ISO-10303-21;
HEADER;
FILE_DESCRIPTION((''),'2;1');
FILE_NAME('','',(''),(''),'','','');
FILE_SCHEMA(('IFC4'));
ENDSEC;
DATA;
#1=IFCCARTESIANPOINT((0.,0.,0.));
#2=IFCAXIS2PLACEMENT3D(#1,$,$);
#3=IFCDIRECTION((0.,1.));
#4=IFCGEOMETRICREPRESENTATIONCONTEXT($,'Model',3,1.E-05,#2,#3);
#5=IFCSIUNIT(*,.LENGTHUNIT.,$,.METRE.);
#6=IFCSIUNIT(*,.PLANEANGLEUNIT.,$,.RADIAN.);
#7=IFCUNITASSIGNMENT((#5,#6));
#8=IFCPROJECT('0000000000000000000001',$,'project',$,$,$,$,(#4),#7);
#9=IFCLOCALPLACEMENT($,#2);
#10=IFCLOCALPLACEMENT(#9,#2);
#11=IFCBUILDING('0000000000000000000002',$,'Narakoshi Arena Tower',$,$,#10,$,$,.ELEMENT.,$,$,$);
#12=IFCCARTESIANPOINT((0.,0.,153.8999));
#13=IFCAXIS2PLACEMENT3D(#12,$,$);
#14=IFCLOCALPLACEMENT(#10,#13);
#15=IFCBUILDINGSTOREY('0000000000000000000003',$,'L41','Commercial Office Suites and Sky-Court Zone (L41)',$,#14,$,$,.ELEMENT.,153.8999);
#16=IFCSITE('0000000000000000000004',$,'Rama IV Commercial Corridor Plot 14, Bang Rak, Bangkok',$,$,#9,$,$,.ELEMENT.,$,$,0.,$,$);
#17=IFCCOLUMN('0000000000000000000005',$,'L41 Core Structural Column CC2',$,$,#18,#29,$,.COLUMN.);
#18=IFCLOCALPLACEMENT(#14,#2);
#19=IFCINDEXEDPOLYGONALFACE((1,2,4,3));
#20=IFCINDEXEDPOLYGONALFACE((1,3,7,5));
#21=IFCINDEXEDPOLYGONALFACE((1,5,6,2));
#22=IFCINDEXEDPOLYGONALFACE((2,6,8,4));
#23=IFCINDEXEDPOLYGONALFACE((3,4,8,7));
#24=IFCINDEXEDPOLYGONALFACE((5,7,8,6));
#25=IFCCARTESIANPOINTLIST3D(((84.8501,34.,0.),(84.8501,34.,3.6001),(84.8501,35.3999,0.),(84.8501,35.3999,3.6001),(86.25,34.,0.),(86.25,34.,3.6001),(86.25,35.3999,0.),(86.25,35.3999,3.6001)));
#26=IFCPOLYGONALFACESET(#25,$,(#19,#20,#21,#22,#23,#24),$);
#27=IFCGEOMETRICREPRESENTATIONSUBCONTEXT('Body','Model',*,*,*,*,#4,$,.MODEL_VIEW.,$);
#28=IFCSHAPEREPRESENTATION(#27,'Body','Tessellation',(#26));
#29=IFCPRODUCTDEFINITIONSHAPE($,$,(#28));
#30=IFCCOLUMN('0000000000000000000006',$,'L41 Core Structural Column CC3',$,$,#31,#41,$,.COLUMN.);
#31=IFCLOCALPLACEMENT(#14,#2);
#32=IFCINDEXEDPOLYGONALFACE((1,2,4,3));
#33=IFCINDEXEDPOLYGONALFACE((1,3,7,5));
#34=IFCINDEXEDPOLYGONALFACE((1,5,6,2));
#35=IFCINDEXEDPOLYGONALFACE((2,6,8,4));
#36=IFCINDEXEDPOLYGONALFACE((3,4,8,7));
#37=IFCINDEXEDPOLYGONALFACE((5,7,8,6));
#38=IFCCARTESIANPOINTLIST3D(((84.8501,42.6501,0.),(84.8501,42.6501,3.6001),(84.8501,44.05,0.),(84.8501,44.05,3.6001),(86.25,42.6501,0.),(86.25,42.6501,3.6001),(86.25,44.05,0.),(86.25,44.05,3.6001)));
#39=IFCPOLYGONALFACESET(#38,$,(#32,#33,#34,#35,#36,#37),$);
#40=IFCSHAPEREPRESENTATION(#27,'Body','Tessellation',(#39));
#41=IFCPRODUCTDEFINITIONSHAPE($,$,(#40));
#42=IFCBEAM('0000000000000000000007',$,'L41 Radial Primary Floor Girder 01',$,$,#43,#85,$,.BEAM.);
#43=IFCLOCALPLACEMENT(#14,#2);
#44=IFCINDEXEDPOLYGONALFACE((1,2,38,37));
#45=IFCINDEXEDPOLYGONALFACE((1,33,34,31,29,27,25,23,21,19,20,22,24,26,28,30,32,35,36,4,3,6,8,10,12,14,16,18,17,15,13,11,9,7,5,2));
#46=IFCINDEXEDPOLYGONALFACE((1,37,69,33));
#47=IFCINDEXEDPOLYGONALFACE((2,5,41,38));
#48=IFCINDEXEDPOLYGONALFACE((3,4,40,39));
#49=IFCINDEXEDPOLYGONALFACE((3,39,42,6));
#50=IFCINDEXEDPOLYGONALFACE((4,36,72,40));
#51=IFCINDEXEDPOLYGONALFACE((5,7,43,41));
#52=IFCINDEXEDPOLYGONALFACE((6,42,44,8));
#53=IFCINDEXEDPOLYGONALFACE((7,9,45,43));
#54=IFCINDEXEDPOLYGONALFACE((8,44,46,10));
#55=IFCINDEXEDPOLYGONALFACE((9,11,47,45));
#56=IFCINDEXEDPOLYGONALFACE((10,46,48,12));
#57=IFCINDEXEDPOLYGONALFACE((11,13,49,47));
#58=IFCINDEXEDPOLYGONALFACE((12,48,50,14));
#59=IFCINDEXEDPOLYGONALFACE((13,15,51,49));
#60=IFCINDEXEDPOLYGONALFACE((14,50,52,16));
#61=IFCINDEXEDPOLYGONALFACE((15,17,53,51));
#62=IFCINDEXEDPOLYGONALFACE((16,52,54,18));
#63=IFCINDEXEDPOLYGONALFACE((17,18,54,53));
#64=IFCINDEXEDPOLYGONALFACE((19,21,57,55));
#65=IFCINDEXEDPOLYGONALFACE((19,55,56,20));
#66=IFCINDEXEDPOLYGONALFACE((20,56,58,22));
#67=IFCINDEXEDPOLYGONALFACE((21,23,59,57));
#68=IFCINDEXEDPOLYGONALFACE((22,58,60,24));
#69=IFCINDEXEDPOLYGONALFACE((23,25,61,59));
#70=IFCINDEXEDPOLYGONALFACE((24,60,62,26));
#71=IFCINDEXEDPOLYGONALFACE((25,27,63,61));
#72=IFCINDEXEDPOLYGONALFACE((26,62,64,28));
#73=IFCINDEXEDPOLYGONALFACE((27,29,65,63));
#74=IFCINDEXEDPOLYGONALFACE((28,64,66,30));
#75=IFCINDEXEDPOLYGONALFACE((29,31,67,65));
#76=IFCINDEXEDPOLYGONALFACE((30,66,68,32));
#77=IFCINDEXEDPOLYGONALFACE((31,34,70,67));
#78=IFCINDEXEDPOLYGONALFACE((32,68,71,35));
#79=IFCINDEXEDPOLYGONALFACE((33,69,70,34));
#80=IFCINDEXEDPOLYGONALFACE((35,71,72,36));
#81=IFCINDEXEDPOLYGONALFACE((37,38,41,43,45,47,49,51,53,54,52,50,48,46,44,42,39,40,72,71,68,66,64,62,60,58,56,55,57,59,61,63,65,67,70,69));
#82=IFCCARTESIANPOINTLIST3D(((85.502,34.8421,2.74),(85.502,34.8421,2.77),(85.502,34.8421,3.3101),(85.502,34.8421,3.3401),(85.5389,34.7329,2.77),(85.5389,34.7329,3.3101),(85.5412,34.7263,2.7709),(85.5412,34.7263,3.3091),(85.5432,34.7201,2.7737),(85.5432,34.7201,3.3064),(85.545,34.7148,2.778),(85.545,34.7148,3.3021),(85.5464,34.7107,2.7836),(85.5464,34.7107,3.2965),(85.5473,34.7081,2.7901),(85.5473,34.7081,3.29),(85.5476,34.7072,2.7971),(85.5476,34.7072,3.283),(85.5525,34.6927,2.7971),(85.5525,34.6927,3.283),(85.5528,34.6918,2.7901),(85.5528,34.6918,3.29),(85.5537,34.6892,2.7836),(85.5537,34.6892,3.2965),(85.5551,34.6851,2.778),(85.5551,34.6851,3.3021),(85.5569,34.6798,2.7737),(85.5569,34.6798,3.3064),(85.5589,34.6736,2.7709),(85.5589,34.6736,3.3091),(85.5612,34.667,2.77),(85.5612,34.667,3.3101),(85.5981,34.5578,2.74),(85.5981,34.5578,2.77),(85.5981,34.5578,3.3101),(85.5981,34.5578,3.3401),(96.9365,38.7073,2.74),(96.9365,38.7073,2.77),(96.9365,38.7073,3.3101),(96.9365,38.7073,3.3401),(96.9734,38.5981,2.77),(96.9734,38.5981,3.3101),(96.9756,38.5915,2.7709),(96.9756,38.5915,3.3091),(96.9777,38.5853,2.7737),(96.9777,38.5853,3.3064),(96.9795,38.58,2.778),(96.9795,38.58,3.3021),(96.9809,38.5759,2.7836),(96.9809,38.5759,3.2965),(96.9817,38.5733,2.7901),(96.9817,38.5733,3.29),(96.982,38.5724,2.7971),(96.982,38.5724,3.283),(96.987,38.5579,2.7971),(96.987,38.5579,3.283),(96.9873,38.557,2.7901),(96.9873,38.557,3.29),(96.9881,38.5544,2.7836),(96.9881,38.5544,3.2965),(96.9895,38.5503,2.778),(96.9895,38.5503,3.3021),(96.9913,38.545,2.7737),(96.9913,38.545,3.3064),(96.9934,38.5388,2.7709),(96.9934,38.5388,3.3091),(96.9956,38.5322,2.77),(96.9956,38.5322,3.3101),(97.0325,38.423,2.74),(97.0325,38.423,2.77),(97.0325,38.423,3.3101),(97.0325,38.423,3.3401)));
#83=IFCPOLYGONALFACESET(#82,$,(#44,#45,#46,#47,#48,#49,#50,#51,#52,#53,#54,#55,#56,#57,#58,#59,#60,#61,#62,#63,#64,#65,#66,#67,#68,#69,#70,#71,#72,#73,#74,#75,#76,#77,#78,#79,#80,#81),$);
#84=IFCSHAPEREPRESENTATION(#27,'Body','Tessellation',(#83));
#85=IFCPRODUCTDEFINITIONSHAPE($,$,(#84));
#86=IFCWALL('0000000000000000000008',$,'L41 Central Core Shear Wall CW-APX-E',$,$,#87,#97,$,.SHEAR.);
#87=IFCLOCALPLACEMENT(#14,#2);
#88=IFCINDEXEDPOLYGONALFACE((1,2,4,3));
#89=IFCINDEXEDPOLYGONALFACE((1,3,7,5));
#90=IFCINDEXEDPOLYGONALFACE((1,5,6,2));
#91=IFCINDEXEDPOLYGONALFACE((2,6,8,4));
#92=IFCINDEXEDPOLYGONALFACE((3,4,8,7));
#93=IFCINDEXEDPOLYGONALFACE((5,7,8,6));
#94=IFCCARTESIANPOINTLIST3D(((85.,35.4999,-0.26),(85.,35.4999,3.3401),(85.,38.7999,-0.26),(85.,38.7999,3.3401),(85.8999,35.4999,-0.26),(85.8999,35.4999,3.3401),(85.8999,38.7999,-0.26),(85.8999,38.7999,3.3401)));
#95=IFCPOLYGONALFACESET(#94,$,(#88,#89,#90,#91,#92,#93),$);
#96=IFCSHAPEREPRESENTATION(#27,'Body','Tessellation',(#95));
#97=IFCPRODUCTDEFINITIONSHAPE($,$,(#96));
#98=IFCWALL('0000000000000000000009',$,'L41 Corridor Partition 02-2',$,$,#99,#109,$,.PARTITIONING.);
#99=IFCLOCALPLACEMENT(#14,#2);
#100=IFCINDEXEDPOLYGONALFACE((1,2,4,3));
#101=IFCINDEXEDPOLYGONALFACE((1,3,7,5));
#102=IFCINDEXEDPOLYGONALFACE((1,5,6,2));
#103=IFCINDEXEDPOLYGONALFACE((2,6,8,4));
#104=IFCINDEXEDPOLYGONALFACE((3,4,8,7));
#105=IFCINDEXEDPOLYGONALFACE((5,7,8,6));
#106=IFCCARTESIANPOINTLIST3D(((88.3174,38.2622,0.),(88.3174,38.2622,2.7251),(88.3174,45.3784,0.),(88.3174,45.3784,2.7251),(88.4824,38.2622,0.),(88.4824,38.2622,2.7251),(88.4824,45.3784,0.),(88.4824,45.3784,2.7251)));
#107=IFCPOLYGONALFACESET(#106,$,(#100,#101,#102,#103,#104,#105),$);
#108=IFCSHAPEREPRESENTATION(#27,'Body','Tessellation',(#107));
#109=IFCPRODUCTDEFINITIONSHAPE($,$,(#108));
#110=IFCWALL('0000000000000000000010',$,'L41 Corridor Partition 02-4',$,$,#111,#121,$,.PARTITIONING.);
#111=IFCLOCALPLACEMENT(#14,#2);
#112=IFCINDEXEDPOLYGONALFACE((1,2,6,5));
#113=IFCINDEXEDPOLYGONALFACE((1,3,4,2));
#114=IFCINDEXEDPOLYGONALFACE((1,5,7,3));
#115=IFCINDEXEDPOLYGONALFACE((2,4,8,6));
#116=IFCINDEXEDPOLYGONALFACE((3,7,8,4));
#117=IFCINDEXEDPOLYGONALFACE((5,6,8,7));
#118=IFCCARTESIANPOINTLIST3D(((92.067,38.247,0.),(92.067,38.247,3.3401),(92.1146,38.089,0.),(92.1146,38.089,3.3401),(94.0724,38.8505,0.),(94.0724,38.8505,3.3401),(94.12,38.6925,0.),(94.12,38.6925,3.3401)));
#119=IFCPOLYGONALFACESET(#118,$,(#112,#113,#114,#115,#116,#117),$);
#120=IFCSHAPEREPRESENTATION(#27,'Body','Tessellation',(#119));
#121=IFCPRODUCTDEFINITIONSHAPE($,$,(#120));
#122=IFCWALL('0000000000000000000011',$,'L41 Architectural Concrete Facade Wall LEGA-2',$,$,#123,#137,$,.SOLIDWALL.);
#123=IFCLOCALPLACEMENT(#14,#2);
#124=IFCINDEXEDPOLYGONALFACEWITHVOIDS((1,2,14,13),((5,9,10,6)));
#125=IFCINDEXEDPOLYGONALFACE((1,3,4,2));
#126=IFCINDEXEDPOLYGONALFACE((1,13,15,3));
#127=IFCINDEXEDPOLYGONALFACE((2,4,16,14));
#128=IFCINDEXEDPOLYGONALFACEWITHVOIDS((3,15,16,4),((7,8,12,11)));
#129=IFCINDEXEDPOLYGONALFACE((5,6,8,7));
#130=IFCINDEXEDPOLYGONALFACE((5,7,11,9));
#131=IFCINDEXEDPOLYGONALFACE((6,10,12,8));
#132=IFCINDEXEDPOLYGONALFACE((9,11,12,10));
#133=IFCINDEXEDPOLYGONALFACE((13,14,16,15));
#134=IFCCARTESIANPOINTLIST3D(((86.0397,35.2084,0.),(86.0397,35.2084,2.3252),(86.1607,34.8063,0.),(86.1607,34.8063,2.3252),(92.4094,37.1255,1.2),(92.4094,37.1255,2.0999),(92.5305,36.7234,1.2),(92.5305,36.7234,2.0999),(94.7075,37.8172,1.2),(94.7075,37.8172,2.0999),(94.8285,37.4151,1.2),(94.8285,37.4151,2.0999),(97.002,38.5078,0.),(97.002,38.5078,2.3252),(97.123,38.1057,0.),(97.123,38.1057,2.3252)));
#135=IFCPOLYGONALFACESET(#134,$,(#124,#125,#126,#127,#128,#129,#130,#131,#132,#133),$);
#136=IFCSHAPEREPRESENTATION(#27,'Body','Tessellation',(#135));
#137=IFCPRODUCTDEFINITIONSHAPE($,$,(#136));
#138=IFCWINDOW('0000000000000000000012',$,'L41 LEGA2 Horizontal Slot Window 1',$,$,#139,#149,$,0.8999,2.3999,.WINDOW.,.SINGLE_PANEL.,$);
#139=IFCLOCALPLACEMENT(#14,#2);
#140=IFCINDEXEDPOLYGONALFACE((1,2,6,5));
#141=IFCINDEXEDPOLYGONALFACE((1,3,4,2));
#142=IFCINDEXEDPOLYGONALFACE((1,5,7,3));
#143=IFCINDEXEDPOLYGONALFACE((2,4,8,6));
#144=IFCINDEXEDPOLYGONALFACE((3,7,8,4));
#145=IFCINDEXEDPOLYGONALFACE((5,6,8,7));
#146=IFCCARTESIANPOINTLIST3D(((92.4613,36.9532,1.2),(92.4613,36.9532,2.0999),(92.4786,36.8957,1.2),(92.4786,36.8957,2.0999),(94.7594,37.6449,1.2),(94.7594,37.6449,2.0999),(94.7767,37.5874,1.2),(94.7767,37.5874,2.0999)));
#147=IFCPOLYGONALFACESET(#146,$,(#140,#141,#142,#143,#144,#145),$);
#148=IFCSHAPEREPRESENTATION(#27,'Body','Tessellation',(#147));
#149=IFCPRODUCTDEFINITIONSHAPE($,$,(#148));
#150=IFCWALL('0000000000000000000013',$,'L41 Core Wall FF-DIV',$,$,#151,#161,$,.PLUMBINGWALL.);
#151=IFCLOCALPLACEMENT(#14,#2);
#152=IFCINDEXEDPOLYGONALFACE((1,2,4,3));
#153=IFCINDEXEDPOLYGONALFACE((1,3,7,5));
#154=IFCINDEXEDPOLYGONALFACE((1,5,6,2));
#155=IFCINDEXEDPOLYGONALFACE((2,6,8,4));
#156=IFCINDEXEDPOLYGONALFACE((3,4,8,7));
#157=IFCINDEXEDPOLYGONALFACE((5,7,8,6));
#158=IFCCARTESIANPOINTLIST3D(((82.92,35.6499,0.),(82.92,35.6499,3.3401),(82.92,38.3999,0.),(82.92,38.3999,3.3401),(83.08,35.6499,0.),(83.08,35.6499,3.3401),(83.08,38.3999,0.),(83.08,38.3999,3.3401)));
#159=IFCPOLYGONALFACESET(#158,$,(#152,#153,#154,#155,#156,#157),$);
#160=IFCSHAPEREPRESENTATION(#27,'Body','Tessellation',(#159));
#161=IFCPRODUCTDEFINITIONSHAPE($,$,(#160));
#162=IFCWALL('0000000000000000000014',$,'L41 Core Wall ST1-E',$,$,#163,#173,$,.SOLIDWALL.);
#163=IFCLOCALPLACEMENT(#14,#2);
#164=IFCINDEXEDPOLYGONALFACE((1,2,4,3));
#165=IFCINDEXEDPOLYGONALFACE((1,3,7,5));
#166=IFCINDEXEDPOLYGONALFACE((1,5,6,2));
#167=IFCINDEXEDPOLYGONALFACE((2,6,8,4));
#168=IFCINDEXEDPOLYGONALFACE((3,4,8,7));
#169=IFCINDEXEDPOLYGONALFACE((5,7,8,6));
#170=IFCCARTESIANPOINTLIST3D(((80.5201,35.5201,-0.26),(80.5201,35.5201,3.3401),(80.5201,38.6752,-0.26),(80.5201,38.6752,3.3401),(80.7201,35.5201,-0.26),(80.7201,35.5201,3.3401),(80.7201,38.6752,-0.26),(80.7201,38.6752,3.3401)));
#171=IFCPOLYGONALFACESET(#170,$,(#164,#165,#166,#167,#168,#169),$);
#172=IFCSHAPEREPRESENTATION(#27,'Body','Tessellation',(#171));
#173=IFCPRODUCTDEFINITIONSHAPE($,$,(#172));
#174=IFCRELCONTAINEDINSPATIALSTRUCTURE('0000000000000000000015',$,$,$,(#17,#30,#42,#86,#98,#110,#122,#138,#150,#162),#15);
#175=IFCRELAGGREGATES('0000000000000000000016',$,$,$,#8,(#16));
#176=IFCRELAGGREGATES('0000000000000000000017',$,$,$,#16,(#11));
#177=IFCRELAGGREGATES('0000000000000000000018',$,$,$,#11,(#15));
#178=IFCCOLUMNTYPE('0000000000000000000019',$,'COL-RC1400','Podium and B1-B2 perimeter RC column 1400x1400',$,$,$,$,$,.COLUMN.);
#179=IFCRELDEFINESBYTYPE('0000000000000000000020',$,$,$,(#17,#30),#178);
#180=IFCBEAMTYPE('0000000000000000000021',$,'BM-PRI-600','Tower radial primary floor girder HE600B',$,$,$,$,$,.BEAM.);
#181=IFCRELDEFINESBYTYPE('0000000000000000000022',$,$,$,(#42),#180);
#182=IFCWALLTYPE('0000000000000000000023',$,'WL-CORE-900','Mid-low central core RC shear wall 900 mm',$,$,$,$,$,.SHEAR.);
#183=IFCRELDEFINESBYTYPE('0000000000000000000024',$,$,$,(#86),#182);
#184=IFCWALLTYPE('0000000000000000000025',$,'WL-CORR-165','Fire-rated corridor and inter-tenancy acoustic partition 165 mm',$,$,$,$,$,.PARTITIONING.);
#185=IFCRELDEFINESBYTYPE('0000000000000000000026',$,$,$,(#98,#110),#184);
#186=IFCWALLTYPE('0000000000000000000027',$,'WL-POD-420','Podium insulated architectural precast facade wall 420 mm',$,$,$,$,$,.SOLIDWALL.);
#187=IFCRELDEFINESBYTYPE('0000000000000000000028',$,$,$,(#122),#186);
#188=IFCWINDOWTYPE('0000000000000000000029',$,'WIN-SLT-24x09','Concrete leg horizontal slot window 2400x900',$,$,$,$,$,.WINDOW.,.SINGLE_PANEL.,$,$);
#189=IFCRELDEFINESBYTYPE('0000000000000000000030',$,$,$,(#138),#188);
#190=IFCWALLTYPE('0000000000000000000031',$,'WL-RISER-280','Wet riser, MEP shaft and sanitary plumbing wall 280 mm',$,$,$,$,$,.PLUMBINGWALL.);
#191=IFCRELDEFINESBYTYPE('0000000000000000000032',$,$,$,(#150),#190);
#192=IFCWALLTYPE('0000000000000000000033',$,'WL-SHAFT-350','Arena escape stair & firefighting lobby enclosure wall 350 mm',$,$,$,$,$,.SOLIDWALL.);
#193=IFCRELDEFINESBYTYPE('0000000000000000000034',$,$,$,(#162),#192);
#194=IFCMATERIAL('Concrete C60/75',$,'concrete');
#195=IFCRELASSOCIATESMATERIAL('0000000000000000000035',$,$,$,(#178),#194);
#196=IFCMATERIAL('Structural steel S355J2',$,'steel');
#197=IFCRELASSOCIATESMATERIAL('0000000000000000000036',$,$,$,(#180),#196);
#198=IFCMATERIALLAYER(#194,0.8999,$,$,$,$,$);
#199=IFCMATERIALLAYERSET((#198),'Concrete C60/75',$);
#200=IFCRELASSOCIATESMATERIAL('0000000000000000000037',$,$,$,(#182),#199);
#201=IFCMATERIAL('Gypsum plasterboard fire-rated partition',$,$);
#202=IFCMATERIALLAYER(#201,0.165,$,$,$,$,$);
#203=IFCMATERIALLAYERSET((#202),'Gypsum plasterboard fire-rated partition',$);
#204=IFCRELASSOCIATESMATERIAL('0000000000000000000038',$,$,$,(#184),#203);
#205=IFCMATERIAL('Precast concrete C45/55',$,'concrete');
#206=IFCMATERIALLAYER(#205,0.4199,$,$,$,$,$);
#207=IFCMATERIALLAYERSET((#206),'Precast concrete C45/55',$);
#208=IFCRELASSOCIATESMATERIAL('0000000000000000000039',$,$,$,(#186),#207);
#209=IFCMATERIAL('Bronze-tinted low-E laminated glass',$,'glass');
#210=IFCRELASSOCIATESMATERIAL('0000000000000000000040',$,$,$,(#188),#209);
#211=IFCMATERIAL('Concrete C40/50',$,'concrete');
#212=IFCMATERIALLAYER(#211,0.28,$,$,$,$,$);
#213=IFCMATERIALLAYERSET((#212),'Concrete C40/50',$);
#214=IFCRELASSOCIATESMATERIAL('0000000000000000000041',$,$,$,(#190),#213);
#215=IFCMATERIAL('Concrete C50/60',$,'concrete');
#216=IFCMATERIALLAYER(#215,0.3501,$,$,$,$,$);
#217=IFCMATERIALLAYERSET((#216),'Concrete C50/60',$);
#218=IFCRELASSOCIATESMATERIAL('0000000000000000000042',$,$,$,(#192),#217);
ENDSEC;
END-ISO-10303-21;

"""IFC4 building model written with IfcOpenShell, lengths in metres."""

from ifc_helpers import new_model, si_unit, direction, frame, frame_2d, origin, origin_2d, place, context, subcontext, project, spatial, rectangle, i_section, extrude, material, layer, layer_set, material_profile, profile_set, type_object, element, fill, save


model = new_model("IFC4")

# Units and contexts
model_context = context("Model", 3, precision=1e-05, world=origin(), true_north=direction((0.0, 1.0)))
body_context = subcontext(model_context, "Body", "Model", "MODEL_VIEW")
ifc_project = project(units=[si_unit("LENGTHUNIT", "METRE"), si_unit("PLANEANGLEUNIT", "RADIAN")], contexts=[model_context])

# Site, building, storey
site_placement = place(None, origin())
site = spatial("IfcSite", under=ifc_project, at=site_placement, Name="Rama IV Commercial Corridor Plot 14, Bang Rak, Bangkok", CompositionType="ELEMENT", RefElevation=0.0)
building_placement = place(site_placement, origin())
building = spatial("IfcBuilding", under=site, at=building_placement, Name="Narakoshi Arena Tower", CompositionType="ELEMENT")
storey_placement = place(building_placement, frame((0.0, 0.0, 153.8999)))
storey = spatial("IfcBuildingStorey", under=building, at=storey_placement, Name="L41", Description="Commercial Office Suites and Sky-Court Zone (L41)", CompositionType="ELEMENT", Elevation=153.8999)

# Columns
ifc_material_1 = material(Name="Concrete C60/75", Category="concrete")
ifc_material_profile_1 = material_profile(ifc_material_1, rectangle(XDim=1.3999, YDim=1.3999, at=origin_2d()), Name="RC1400x1400")
ifc_profile_set_1 = profile_set([ifc_material_profile_1], Name="Concrete C60/75")
column_type = type_object("IfcColumnType", Name="COL-RC1400", Description="Podium and B1-B2 perimeter RC column 1400x1400", PredefinedType="COLUMN", material=ifc_profile_set_1)
for number, where, z_axis, x_axis, name in (
    (1, (85.55, 34.7, 0.0), (0.0, 0.0, 1.0), (1.0, 0.0, 0.0), "L41 Core Structural Column CC2"),
    (2, (85.55, 43.3501, 0.0), (0.0, 0.0, 1.0), (1.0, 0.0, 0.0), "L41 Core Structural Column CC3"),
):
    element("IfcColumn", number, at=place(storey_placement, frame(where, z_axis=z_axis, x_axis=x_axis)), inside=storey, type_object=column_type, Name=name, PredefinedType="COLUMN", context=body_context, shape_type="SweptSolid", body=[
        extrude(rectangle(XDim=1.3999, YDim=1.3999, at=origin_2d()), origin(), (0.0, 0.0, 1.0), 3.6001),
    ])

# Beam
ifc_material_2 = material(Name="Structural steel S355J2", Category="steel")
ifc_material_profile_2 = material_profile(ifc_material_2, i_section(OverallWidth=0.3, OverallDepth=0.6001, WebThickness=0.0154, FlangeThickness=0.03, FilletRadius=0.0271, at=origin_2d()), Name="HE600B")
ifc_profile_set_2 = profile_set([ifc_material_profile_2], Name="Structural steel S355J2")
beam_type = type_object("IfcBeamType", Name="BM-PRI-600", Description="Tower radial primary floor girder HE600B", PredefinedType="BEAM", material=ifc_profile_set_2)
beam_placement = place(storey_placement, frame((85.55, 34.7, 3.04), z_axis=(0.94734, 0.32023, 0.0), x_axis=(-0.32023, 0.94734, 0.0)))
element("IfcBeam", 3, at=beam_placement, inside=storey, type_object=beam_type, Name="L41 Radial Primary Floor Girder 01", PredefinedType="BEAM", context=body_context, shape_type="SweptSolid", body=[
    extrude(i_section(OverallWidth=0.3, OverallDepth=0.6001, WebThickness=0.0154, FlangeThickness=0.03, FilletRadius=0.0271, at=origin_2d()), origin(), (0.0, 0.0, 1.0), 12.0701),
])

# Walls
ifc_layer_1 = layer(ifc_material_1, 0.8999)
ifc_layer_set_1 = layer_set([ifc_layer_1], Name="Concrete C60/75")
wall_type_1 = type_object("IfcWallType", Name="WL-CORE-900", Description="Mid-low central core RC shear wall 900 mm", PredefinedType="SHEAR", material=ifc_layer_set_1)
wall_1_placement = place(storey_placement, frame((85.45, 35.5, -0.26), z_axis=(0.0, 0.0, 1.0), x_axis=(0.0, 1.0, 0.0)))
element("IfcWall", 4, at=wall_1_placement, inside=storey, type_object=wall_type_1, Name="L41 Central Core Shear Wall CW-APX-E", PredefinedType="SHEAR", context=body_context, shape_type="SweptSolid", body=[
    extrude(rectangle(XDim=3.3, YDim=0.8999, at=frame_2d((1.6499, 0.0))), origin(), (0.0, 0.0, 1.0), 3.6001),
])
ifc_material_3 = material(Name="Gypsum plasterboard fire-rated partition")
ifc_layer_2 = layer(ifc_material_3, 0.165)
ifc_layer_set_2 = layer_set([ifc_layer_2], Name="Gypsum plasterboard fire-rated partition")
wall_type_2 = type_object("IfcWallType", Name="WL-CORR-165", Description="Fire-rated corridor and inter-tenancy acoustic partition 165 mm", PredefinedType="PARTITIONING", material=ifc_layer_set_2)
wall_2_placement = place(storey_placement, frame((88.3999, 38.2622, 0.0), z_axis=(0.0, 0.0, 1.0), x_axis=(0.0, 1.0, 0.0)))
element("IfcWall", 5, at=wall_2_placement, inside=storey, type_object=wall_type_2, Name="L41 Corridor Partition 02-2", PredefinedType="PARTITIONING", context=body_context, shape_type="SweptSolid", body=[
    extrude(rectangle(XDim=7.1162, YDim=0.165, at=frame_2d((3.5581, 0.0))), origin(), (0.0, 0.0, 1.0), 2.7251),
])
wall_3_placement = place(storey_placement, frame((92.0908, 38.168, 0.0), z_axis=(0.0, 0.0, 1.0), x_axis=(0.957576, 0.288182, 0.0)))
element("IfcWall", 6, at=wall_3_placement, inside=storey, type_object=wall_type_2, Name="L41 Corridor Partition 02-4", PredefinedType="PARTITIONING", context=body_context, shape_type="SweptSolid", body=[
    extrude(rectangle(XDim=2.0942, YDim=0.165, at=frame_2d((1.0471, 0.0))), origin(), (0.0, 0.0, 1.0), 3.3401),
])

# Wall, opening, window
ifc_material_4 = material(Name="Precast concrete C45/55", Category="concrete")
ifc_layer_3 = layer(ifc_material_4, 0.4199)
ifc_layer_set_3 = layer_set([ifc_layer_3], Name="Precast concrete C45/55")
wall_type_3 = type_object("IfcWallType", Name="WL-POD-420", Description="Podium insulated architectural precast facade wall 420 mm", PredefinedType="SOLIDWALL", material=ifc_layer_set_3)
wall_4_placement = place(storey_placement, frame((86.1001, 35.0073, 0.0), z_axis=(0.0, 0.0, 1.0), x_axis=(0.957569, 0.288203, 0.0)))
wall_4 = element("IfcWall", 7, at=wall_4_placement, inside=storey, type_object=wall_type_3, Name="L41 Architectural Concrete Facade Wall LEGA-2", PredefinedType="SOLIDWALL", context=body_context, shape_type="SweptSolid", body=[
    extrude(rectangle(XDim=11.448, YDim=0.4199, at=frame_2d((5.7241, 0.0))), origin(), (0.0, 0.0, 1.0), 2.3252),
])
opening_1_placement = place(wall_4_placement, frame((6.6521, 0.0, 1.2)))
opening_1 = element("IfcOpeningElement", 8, at=opening_1_placement, cuts=wall_4, PredefinedType="OPENING", context=body_context, shape_type="SweptSolid", body=[
    extrude(rectangle(XDim=2.3999, YDim=0.8999, at=frame_2d((1.2, 0.45))), frame((0.0, 0.22, 0.0), z_axis=(0.0, -1.0, 0.0), x_axis=(1.0, 0.0, 0.0)), (0.0, 0.0, 1.0), 0.4399),
])
ifc_material_5 = material(Name="Bronze-tinted low-E laminated glass", Category="glass")
window_type = type_object("IfcWindowType", Name="WIN-SLT-24x09", Description="Concrete leg horizontal slot window 2400x900", PartitioningType="SINGLE_PANEL", PredefinedType="WINDOW", material=ifc_material_5)
window_placement = place(opening_1_placement, origin())
window = element("IfcWindow", 9, at=window_placement, inside=storey, type_object=window_type, Name="L41 LEGA2 Horizontal Slot Window 1", OverallHeight=0.8999, OverallWidth=2.3999, PartitioningType="SINGLE_PANEL", PredefinedType="WINDOW", context=body_context, shape_type="SweptSolid", body=[
    extrude(rectangle(XDim=2.3999, YDim=0.8999, at=frame_2d((1.2, 0.45))), frame((0.0, 0.03, 0.0), z_axis=(0.0, -1.0, 0.0), x_axis=(1.0, 0.0, 0.0)), (0.0, 0.0, 1.0), 0.0601),
])
fill(opening_1, window)

# Walls
ifc_material_6 = material(Name="Concrete C40/50", Category="concrete")
ifc_layer_4 = layer(ifc_material_6, 0.28)
ifc_layer_set_4 = layer_set([ifc_layer_4], Name="Concrete C40/50")
wall_type_4 = type_object("IfcWallType", Name="WL-RISER-280", Description="Wet riser, MEP shaft and sanitary plumbing wall 280 mm", PredefinedType="PLUMBINGWALL", material=ifc_layer_set_4)
wall_5_placement = place(storey_placement, frame((83.0, 35.6499, 0.0), z_axis=(0.0, 0.0, 1.0), x_axis=(0.0, 1.0, 0.0)))
element("IfcWall", 10, at=wall_5_placement, inside=storey, type_object=wall_type_4, Name="L41 Core Wall FF-DIV", PredefinedType="PLUMBINGWALL", context=body_context, shape_type="SweptSolid", body=[
    extrude(rectangle(XDim=2.75, YDim=0.1599, at=frame_2d((1.375, 0.0))), origin(), (0.0, 0.0, 1.0), 3.3401),
])
ifc_material_7 = material(Name="Concrete C50/60", Category="concrete")
ifc_layer_5 = layer(ifc_material_7, 0.3501)
ifc_layer_set_5 = layer_set([ifc_layer_5], Name="Concrete C50/60")
wall_type_5 = type_object("IfcWallType", Name="WL-SHAFT-350", Description="Arena escape stair & firefighting lobby enclosure wall 350 mm", PredefinedType="SOLIDWALL", material=ifc_layer_set_5)
wall_6_placement = place(storey_placement, frame((80.6201, 35.52, -0.26), z_axis=(0.0, 0.0, 1.0), x_axis=(0.0, 1.0, 0.0)))
element("IfcWall", 11, at=wall_6_placement, inside=storey, type_object=wall_type_5, Name="L41 Core Wall ST1-E", PredefinedType="SOLIDWALL", context=body_context, shape_type="SweptSolid", body=[
    extrude(rectangle(XDim=3.155, YDim=0.2, at=frame_2d((1.5776, 0.0))), origin(), (0.0, 0.0, 1.0), 3.6001),
])

save(model, "model.ifc")
